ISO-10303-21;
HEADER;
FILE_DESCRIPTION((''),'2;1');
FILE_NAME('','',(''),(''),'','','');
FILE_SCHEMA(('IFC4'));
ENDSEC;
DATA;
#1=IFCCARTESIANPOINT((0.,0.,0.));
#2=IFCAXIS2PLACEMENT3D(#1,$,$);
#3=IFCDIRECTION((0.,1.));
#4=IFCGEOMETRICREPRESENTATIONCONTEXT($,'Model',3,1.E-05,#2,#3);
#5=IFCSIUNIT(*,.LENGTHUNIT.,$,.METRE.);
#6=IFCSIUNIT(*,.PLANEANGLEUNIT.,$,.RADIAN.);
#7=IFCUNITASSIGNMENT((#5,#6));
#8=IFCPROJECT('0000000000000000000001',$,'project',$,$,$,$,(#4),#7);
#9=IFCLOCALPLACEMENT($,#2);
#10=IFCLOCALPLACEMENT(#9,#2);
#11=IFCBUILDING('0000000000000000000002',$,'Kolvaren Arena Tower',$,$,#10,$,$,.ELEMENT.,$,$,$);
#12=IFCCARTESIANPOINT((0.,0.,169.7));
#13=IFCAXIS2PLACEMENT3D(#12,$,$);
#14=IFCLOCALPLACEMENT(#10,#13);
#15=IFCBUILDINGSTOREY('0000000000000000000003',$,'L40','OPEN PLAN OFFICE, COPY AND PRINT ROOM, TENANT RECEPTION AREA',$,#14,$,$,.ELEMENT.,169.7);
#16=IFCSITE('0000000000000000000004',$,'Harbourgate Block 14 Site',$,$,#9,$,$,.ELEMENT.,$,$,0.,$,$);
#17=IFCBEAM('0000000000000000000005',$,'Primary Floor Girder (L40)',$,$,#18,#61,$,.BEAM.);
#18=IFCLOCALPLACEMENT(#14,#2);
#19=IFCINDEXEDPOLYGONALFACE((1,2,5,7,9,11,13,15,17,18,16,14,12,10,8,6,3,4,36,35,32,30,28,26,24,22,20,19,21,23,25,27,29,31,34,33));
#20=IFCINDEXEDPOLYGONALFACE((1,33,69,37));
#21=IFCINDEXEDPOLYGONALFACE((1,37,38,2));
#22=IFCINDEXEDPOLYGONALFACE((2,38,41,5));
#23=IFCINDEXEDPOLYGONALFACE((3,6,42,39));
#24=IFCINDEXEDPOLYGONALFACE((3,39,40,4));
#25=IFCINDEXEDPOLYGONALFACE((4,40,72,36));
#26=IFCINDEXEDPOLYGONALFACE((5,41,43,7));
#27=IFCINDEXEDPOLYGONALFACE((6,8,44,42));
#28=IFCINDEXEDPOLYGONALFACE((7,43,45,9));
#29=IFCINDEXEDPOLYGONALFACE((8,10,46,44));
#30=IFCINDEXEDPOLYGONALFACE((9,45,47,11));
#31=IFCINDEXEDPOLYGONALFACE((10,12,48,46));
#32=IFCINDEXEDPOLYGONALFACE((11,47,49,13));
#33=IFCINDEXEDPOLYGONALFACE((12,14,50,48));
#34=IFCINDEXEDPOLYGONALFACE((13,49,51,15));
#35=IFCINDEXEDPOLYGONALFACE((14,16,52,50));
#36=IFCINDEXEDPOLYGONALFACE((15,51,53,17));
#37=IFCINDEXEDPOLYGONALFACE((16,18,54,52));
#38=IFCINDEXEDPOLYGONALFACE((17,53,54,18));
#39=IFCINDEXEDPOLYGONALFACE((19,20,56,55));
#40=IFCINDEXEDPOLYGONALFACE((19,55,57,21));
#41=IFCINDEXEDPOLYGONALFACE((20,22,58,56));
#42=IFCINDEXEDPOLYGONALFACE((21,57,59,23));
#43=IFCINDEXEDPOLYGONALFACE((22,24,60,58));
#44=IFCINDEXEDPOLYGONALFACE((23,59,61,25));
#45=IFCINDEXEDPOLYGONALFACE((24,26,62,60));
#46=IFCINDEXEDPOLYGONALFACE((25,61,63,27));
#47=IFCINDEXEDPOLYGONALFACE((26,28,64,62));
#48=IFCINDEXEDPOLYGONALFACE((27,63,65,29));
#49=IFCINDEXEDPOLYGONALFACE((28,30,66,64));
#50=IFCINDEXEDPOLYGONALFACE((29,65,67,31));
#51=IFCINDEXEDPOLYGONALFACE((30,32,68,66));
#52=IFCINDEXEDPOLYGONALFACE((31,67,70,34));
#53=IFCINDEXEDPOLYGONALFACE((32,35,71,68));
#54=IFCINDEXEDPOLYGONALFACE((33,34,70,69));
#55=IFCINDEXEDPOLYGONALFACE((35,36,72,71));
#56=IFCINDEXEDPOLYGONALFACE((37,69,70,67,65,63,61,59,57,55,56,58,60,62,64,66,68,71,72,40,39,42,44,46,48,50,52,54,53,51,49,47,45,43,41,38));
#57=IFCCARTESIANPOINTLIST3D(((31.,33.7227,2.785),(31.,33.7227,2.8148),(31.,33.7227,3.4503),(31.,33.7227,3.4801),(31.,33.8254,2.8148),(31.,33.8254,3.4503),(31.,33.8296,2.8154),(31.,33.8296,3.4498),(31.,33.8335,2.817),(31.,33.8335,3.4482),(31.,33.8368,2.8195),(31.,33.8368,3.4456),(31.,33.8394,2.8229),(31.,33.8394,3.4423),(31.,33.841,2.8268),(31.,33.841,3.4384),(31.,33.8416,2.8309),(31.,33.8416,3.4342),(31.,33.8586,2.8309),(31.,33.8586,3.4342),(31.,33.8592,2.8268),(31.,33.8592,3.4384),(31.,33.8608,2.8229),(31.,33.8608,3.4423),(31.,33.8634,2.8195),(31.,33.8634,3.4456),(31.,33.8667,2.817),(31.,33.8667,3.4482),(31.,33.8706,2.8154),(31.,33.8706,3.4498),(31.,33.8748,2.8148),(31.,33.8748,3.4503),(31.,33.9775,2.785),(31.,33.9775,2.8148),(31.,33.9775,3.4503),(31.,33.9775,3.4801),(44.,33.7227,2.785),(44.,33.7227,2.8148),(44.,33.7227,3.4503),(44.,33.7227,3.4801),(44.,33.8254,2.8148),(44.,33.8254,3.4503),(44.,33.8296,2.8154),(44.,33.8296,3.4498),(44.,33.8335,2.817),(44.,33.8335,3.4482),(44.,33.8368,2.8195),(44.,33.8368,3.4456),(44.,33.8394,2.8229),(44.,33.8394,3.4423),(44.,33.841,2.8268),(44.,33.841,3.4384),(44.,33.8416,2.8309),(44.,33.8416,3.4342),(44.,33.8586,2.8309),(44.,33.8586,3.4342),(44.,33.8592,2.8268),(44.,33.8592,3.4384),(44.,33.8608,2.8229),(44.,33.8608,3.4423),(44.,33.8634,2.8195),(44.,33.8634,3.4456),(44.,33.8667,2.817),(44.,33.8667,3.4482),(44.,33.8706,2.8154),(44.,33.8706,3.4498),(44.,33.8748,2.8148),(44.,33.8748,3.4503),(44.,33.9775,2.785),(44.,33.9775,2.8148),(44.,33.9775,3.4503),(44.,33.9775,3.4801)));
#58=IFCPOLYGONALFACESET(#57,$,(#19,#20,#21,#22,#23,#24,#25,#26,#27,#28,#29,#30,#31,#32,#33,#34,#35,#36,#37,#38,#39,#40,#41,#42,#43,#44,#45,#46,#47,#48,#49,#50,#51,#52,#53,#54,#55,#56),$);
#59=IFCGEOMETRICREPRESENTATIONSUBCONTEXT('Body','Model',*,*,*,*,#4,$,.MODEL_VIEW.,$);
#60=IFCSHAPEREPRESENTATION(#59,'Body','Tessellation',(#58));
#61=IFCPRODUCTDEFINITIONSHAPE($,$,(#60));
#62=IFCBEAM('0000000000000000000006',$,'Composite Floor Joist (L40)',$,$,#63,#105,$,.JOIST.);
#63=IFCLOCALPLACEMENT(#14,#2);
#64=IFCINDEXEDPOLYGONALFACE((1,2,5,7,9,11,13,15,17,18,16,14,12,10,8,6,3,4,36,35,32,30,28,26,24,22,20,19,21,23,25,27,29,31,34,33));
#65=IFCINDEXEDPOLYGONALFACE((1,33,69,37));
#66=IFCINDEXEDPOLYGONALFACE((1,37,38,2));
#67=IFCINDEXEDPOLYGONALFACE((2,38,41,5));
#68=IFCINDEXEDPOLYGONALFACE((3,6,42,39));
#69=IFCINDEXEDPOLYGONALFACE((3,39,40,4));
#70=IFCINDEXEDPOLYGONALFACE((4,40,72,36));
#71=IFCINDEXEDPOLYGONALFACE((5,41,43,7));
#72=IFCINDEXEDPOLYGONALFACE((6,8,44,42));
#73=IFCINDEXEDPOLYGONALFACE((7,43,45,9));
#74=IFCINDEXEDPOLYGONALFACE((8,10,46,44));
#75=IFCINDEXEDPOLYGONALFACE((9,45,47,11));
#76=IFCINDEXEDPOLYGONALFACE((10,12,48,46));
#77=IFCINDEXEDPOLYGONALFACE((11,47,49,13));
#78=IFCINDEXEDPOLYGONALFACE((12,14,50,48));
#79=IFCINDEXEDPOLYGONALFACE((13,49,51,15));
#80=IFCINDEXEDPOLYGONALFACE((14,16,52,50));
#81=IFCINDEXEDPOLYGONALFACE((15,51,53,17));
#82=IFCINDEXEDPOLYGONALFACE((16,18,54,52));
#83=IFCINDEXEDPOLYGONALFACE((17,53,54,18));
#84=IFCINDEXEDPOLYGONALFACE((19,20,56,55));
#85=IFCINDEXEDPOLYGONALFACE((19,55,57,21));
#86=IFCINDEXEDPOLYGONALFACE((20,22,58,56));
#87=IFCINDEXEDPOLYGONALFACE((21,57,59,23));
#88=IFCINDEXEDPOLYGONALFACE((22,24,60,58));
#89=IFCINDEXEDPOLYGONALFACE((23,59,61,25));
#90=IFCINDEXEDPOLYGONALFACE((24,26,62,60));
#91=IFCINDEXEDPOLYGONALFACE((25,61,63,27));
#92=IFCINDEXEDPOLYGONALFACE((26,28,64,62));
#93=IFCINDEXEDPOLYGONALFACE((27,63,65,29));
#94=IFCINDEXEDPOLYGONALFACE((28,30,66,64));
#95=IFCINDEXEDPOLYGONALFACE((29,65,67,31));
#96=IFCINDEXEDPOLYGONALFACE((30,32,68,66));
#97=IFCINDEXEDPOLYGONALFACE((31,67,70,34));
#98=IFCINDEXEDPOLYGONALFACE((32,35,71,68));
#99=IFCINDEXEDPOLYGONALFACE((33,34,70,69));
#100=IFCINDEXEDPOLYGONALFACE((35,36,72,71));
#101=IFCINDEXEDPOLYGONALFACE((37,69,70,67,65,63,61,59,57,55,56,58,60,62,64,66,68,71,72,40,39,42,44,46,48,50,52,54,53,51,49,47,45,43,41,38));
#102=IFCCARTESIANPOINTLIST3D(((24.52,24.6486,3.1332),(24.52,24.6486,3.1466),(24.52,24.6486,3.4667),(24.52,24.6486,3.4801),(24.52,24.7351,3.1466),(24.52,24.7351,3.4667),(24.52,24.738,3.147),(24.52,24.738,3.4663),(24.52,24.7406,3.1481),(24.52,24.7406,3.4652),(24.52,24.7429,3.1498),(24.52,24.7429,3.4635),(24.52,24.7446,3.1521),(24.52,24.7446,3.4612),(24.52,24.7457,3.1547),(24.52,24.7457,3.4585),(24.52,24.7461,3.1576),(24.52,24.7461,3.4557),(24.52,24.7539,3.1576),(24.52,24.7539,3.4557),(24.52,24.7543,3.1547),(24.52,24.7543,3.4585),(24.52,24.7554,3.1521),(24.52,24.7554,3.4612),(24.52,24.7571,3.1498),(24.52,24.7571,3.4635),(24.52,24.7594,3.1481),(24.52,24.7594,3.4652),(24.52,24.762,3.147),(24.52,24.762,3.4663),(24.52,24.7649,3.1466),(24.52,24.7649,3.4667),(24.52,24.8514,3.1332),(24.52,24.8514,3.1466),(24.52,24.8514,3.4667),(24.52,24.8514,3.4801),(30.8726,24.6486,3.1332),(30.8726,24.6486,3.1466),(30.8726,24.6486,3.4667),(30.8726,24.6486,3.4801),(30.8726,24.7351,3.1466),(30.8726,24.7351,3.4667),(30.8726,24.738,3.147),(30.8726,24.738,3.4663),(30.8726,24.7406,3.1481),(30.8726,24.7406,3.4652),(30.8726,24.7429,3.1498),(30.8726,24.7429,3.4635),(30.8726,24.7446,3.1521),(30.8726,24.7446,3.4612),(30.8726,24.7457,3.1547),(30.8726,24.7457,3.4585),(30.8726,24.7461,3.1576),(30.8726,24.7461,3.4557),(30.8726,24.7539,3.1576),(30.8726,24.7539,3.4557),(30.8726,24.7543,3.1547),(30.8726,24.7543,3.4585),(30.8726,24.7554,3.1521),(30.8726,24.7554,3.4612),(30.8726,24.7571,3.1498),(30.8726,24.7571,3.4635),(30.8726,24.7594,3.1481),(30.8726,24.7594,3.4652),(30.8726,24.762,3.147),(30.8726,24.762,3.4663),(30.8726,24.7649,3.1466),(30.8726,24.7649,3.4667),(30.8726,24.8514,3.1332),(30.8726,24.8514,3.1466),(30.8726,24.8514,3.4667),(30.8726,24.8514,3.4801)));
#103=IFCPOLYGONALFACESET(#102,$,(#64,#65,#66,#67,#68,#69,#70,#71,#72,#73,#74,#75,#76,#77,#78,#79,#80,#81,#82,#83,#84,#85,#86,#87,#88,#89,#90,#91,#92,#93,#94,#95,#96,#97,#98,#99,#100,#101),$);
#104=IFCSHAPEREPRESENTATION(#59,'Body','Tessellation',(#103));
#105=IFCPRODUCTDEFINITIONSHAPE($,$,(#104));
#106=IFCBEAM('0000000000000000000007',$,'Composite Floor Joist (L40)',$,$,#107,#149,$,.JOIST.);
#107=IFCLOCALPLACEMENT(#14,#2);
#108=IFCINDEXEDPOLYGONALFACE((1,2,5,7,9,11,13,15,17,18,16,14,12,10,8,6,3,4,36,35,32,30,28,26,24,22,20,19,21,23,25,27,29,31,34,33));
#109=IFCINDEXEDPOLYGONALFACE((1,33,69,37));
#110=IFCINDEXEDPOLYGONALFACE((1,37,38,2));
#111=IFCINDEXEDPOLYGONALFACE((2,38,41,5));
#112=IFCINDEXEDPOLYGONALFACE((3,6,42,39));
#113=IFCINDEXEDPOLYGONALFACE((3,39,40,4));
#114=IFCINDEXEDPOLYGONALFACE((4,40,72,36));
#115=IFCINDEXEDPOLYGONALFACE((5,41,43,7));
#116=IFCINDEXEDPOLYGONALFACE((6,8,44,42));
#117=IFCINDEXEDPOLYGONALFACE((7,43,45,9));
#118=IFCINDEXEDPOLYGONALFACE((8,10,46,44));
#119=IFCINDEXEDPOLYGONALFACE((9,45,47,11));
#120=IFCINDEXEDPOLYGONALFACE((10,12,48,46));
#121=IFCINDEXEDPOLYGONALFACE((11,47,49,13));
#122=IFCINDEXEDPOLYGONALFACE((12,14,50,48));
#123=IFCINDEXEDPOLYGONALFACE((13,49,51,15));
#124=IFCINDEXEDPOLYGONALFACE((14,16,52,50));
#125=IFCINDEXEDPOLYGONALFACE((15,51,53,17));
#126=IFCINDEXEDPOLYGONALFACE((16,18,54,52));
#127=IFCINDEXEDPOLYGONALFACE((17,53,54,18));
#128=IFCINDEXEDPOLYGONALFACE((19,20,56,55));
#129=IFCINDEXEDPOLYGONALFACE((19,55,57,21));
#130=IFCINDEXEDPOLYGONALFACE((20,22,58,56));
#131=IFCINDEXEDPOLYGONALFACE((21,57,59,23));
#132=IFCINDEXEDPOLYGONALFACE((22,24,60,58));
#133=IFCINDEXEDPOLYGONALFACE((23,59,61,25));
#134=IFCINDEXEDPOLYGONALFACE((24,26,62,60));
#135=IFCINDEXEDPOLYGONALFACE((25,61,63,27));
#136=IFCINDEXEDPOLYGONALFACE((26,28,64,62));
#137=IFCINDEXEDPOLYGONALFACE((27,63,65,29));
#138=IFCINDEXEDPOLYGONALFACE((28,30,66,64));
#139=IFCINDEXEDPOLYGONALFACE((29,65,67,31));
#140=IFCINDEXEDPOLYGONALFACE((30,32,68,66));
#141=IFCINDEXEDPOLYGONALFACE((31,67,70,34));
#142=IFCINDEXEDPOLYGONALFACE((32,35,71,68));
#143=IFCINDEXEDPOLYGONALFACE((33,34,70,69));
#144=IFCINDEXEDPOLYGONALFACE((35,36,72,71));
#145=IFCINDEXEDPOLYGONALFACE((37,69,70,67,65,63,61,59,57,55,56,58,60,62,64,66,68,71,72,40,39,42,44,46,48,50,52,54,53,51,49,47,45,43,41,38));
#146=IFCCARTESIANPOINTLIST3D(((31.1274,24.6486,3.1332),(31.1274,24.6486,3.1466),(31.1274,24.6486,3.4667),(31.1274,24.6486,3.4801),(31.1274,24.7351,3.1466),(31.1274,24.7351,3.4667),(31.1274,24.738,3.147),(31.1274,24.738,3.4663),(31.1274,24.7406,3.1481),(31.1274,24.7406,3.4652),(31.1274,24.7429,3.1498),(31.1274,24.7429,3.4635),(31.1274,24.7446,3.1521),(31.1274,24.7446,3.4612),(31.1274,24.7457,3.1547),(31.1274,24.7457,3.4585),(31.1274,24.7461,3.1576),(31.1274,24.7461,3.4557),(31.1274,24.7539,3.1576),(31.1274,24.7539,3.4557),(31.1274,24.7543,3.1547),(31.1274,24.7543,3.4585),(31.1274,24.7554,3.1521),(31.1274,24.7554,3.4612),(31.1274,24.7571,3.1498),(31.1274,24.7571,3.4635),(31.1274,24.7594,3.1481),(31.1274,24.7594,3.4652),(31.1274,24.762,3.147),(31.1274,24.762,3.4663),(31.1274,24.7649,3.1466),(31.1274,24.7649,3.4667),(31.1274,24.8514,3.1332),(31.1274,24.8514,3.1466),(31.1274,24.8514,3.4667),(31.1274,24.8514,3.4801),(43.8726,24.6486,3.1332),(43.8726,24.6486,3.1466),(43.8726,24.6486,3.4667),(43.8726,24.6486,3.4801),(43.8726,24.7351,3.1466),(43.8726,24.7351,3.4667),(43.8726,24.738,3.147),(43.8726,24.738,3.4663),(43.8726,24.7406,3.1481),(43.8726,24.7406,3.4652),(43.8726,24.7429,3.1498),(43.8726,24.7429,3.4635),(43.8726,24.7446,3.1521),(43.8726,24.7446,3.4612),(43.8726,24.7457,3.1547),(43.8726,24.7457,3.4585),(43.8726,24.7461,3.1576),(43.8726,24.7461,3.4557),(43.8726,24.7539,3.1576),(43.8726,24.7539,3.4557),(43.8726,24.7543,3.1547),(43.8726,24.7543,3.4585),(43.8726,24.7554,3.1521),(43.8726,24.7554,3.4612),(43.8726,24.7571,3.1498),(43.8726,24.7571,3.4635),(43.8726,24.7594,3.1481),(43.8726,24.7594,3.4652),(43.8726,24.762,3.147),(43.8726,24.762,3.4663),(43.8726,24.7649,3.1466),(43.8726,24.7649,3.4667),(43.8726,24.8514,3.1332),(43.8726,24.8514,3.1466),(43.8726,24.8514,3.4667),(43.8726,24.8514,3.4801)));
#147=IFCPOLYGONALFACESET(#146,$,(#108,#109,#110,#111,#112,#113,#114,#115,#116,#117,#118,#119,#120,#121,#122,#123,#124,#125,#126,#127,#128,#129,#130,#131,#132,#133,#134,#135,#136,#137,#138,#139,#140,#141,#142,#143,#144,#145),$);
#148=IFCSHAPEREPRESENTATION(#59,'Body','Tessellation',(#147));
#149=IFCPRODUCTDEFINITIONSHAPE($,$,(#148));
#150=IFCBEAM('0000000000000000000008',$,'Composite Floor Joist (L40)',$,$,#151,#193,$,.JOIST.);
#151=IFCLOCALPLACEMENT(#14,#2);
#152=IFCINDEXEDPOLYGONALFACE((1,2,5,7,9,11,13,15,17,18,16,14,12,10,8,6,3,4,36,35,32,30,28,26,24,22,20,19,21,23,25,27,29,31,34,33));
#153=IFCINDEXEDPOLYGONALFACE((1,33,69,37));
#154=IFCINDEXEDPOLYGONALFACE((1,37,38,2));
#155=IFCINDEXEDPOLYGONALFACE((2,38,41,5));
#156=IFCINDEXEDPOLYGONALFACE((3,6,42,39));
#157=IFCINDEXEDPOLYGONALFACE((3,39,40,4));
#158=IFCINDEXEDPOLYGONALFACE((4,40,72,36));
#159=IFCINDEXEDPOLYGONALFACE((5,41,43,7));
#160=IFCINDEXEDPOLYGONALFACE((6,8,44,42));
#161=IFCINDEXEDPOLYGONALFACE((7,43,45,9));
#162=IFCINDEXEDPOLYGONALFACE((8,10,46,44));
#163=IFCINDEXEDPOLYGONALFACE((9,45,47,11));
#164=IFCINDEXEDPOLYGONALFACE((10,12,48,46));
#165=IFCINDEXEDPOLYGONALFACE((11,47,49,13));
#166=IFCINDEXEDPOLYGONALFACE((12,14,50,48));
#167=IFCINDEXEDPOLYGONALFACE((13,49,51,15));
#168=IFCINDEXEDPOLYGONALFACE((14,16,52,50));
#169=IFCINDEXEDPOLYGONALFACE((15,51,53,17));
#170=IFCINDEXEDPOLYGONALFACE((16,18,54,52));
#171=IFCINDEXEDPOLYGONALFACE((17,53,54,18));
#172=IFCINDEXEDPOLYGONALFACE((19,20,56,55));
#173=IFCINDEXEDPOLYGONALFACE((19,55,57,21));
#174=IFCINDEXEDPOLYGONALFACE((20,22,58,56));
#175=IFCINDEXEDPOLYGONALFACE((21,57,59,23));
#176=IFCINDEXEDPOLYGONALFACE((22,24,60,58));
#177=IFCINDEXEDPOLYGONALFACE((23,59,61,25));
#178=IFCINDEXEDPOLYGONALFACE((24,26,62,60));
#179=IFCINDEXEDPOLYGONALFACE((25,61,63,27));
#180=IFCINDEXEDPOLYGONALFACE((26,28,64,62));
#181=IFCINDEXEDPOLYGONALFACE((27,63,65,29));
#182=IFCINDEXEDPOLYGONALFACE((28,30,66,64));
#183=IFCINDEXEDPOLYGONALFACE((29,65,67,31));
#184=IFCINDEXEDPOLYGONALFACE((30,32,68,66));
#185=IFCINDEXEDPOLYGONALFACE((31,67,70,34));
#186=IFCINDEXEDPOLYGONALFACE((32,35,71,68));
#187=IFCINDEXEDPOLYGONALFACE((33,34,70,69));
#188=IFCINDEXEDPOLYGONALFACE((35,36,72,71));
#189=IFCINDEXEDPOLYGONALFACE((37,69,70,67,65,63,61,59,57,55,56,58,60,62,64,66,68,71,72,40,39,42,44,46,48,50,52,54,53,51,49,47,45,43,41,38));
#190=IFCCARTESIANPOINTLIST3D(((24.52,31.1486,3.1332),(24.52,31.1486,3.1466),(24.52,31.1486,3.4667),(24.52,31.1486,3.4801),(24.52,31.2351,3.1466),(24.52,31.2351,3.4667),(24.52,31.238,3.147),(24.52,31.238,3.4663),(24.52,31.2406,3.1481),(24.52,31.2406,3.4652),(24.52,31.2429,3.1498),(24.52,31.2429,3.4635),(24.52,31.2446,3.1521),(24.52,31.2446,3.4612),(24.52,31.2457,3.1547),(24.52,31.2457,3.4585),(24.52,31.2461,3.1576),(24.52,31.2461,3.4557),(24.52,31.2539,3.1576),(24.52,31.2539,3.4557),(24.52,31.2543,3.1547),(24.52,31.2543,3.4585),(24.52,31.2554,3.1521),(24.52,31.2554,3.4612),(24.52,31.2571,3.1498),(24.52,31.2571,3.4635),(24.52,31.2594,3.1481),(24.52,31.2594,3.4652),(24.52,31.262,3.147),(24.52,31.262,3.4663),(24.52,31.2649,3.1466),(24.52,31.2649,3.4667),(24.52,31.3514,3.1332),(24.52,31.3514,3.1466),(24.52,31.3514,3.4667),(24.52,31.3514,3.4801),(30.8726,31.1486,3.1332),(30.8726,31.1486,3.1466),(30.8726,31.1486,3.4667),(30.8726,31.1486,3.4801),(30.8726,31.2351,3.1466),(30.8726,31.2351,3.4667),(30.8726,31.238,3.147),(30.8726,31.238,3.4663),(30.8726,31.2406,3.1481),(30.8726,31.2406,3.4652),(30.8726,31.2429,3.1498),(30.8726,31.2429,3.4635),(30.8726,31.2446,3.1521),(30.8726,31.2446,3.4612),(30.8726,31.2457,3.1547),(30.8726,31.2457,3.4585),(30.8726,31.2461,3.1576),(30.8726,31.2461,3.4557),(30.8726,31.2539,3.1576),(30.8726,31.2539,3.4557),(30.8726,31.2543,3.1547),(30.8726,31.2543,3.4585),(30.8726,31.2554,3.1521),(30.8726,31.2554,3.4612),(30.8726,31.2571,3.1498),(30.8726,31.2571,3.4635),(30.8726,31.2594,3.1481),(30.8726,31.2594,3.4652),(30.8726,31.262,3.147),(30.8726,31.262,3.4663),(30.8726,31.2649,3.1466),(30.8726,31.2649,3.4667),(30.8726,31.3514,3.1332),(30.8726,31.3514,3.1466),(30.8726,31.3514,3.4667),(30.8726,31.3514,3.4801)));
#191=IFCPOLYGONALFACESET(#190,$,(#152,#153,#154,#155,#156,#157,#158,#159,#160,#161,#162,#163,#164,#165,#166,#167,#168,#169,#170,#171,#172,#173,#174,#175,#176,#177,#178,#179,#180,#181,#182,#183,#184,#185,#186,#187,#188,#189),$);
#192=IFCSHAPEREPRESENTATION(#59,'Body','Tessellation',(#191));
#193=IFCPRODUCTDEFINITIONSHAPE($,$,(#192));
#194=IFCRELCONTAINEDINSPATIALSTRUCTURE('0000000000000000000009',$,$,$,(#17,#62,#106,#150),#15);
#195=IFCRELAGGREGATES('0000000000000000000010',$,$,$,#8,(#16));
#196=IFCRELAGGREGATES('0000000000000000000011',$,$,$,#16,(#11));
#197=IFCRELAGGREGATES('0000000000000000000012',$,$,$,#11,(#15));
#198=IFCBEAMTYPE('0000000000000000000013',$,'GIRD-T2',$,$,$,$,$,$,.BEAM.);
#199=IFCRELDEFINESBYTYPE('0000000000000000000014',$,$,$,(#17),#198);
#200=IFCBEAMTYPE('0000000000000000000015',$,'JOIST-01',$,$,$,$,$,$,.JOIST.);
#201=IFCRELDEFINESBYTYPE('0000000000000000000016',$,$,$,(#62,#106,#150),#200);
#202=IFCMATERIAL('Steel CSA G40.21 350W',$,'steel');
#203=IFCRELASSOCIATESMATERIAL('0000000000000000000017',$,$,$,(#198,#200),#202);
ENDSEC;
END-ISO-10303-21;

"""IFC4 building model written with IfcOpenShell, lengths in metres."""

from ifc_helpers import new_model, si_unit, direction, frame, origin, origin_2d, place, context, subcontext, project, spatial, i_section, extrude, material, material_profile, profile_set, type_object, element, save


model = new_model("IFC4")

# Units and contexts
model_context = context("Model", 3, precision=1e-05, world=origin(), true_north=direction((0.0, 1.0)))
body_context = subcontext(model_context, "Body", "Model", "MODEL_VIEW")
ifc_project = project(units=[si_unit("LENGTHUNIT", "METRE"), si_unit("PLANEANGLEUNIT", "RADIAN")], contexts=[model_context])

# Site, building, storey
site_placement = place(None, origin())
site = spatial("IfcSite", under=ifc_project, at=site_placement, Name="Harbourgate Block 14 Site", CompositionType="ELEMENT", RefElevation=0.0)
building_placement = place(site_placement, origin())
building = spatial("IfcBuilding", under=site, at=building_placement, Name="Kolvaren Arena Tower", CompositionType="ELEMENT")
storey_placement = place(building_placement, frame((0.0, 0.0, 169.7)))
storey = spatial("IfcBuildingStorey", under=building, at=storey_placement, Name="L40", Description="OPEN PLAN OFFICE, COPY AND PRINT ROOM, TENANT RECEPTION AREA", CompositionType="ELEMENT", Elevation=169.7)

# Beams
ifc_material_1 = material(Name="Steel CSA G40.21 350W", Category="steel")
ifc_material_profile_1 = material_profile(ifc_material_1, i_section(OverallWidth=0.2549, OverallDepth=0.6951, WebThickness=0.0171, FlangeThickness=0.0298, FilletRadius=0.0161, at=origin_2d()), Name="W690x217")
ifc_profile_set_1 = profile_set([ifc_material_profile_1], Name="Steel CSA G40.21 350W")
beam_type_1 = type_object("IfcBeamType", Name="GIRD-T2", PredefinedType="BEAM", material=ifc_profile_set_1)
beam_1_placement = place(storey_placement, frame((31.0, 33.8501, 3.1326), z_axis=(1.0, 0.0, 0.0), x_axis=(0.0, 1.0, 0.0)))
element("IfcBeam", 1, at=beam_1_placement, inside=storey, type_object=beam_type_1, Name="Primary Floor Girder (L40)", PredefinedType="BEAM", context=body_context, shape_type="SweptSolid", body=[
    extrude(i_section(OverallWidth=0.2549, OverallDepth=0.6951, WebThickness=0.0171, FlangeThickness=0.0298, FilletRadius=0.0161, at=origin_2d()), origin(), (0.0, 0.0, 1.0), 13.0),
])
ifc_material_profile_2 = material_profile(ifc_material_1, i_section(OverallWidth=0.2029, OverallDepth=0.3469, WebThickness=0.0078, FlangeThickness=0.0134, FilletRadius=0.011, at=origin_2d()), Name="W360x64")
ifc_profile_set_2 = profile_set([ifc_material_profile_2], Name="Steel CSA G40.21 350W")
beam_type_2 = type_object("IfcBeamType", Name="JOIST-01", PredefinedType="JOIST", material=ifc_profile_set_2)
beam_2_placement = place(storey_placement, frame((24.52, 24.75, 3.3066), z_axis=(1.0, 0.0, 0.0), x_axis=(0.0, 1.0, 0.0)))
element("IfcBeam", 2, at=beam_2_placement, inside=storey, type_object=beam_type_2, Name="Composite Floor Joist (L40)", PredefinedType="JOIST", context=body_context, shape_type="SweptSolid", body=[
    extrude(i_section(OverallWidth=0.2029, OverallDepth=0.3469, WebThickness=0.0078, FlangeThickness=0.0134, FilletRadius=0.011, at=origin_2d()), origin(), (0.0, 0.0, 1.0), 6.3525),
])
beam_3_placement = place(storey_placement, frame((31.1274, 24.75, 3.3066), z_axis=(1.0, 0.0, 0.0), x_axis=(0.0, 1.0, 0.0)))
element("IfcBeam", 3, at=beam_3_placement, inside=storey, type_object=beam_type_2, Name="Composite Floor Joist (L40)", PredefinedType="JOIST", context=body_context, shape_type="SweptSolid", body=[
    extrude(i_section(OverallWidth=0.2029, OverallDepth=0.3469, WebThickness=0.0078, FlangeThickness=0.0134, FilletRadius=0.011, at=origin_2d()), origin(), (0.0, 0.0, 1.0), 12.7451),
])
beam_4_placement = place(storey_placement, frame((24.52, 31.25, 3.3066), z_axis=(1.0, 0.0, 0.0), x_axis=(0.0, 1.0, 0.0)))
element("IfcBeam", 4, at=beam_4_placement, inside=storey, type_object=beam_type_2, Name="Composite Floor Joist (L40)", PredefinedType="JOIST", context=body_context, shape_type="SweptSolid", body=[
    extrude(i_section(OverallWidth=0.2029, OverallDepth=0.3469, WebThickness=0.0078, FlangeThickness=0.0134, FilletRadius=0.011, at=origin_2d()), origin(), (0.0, 0.0, 1.0), 6.3525),
])

save(model, "model.ifc")
